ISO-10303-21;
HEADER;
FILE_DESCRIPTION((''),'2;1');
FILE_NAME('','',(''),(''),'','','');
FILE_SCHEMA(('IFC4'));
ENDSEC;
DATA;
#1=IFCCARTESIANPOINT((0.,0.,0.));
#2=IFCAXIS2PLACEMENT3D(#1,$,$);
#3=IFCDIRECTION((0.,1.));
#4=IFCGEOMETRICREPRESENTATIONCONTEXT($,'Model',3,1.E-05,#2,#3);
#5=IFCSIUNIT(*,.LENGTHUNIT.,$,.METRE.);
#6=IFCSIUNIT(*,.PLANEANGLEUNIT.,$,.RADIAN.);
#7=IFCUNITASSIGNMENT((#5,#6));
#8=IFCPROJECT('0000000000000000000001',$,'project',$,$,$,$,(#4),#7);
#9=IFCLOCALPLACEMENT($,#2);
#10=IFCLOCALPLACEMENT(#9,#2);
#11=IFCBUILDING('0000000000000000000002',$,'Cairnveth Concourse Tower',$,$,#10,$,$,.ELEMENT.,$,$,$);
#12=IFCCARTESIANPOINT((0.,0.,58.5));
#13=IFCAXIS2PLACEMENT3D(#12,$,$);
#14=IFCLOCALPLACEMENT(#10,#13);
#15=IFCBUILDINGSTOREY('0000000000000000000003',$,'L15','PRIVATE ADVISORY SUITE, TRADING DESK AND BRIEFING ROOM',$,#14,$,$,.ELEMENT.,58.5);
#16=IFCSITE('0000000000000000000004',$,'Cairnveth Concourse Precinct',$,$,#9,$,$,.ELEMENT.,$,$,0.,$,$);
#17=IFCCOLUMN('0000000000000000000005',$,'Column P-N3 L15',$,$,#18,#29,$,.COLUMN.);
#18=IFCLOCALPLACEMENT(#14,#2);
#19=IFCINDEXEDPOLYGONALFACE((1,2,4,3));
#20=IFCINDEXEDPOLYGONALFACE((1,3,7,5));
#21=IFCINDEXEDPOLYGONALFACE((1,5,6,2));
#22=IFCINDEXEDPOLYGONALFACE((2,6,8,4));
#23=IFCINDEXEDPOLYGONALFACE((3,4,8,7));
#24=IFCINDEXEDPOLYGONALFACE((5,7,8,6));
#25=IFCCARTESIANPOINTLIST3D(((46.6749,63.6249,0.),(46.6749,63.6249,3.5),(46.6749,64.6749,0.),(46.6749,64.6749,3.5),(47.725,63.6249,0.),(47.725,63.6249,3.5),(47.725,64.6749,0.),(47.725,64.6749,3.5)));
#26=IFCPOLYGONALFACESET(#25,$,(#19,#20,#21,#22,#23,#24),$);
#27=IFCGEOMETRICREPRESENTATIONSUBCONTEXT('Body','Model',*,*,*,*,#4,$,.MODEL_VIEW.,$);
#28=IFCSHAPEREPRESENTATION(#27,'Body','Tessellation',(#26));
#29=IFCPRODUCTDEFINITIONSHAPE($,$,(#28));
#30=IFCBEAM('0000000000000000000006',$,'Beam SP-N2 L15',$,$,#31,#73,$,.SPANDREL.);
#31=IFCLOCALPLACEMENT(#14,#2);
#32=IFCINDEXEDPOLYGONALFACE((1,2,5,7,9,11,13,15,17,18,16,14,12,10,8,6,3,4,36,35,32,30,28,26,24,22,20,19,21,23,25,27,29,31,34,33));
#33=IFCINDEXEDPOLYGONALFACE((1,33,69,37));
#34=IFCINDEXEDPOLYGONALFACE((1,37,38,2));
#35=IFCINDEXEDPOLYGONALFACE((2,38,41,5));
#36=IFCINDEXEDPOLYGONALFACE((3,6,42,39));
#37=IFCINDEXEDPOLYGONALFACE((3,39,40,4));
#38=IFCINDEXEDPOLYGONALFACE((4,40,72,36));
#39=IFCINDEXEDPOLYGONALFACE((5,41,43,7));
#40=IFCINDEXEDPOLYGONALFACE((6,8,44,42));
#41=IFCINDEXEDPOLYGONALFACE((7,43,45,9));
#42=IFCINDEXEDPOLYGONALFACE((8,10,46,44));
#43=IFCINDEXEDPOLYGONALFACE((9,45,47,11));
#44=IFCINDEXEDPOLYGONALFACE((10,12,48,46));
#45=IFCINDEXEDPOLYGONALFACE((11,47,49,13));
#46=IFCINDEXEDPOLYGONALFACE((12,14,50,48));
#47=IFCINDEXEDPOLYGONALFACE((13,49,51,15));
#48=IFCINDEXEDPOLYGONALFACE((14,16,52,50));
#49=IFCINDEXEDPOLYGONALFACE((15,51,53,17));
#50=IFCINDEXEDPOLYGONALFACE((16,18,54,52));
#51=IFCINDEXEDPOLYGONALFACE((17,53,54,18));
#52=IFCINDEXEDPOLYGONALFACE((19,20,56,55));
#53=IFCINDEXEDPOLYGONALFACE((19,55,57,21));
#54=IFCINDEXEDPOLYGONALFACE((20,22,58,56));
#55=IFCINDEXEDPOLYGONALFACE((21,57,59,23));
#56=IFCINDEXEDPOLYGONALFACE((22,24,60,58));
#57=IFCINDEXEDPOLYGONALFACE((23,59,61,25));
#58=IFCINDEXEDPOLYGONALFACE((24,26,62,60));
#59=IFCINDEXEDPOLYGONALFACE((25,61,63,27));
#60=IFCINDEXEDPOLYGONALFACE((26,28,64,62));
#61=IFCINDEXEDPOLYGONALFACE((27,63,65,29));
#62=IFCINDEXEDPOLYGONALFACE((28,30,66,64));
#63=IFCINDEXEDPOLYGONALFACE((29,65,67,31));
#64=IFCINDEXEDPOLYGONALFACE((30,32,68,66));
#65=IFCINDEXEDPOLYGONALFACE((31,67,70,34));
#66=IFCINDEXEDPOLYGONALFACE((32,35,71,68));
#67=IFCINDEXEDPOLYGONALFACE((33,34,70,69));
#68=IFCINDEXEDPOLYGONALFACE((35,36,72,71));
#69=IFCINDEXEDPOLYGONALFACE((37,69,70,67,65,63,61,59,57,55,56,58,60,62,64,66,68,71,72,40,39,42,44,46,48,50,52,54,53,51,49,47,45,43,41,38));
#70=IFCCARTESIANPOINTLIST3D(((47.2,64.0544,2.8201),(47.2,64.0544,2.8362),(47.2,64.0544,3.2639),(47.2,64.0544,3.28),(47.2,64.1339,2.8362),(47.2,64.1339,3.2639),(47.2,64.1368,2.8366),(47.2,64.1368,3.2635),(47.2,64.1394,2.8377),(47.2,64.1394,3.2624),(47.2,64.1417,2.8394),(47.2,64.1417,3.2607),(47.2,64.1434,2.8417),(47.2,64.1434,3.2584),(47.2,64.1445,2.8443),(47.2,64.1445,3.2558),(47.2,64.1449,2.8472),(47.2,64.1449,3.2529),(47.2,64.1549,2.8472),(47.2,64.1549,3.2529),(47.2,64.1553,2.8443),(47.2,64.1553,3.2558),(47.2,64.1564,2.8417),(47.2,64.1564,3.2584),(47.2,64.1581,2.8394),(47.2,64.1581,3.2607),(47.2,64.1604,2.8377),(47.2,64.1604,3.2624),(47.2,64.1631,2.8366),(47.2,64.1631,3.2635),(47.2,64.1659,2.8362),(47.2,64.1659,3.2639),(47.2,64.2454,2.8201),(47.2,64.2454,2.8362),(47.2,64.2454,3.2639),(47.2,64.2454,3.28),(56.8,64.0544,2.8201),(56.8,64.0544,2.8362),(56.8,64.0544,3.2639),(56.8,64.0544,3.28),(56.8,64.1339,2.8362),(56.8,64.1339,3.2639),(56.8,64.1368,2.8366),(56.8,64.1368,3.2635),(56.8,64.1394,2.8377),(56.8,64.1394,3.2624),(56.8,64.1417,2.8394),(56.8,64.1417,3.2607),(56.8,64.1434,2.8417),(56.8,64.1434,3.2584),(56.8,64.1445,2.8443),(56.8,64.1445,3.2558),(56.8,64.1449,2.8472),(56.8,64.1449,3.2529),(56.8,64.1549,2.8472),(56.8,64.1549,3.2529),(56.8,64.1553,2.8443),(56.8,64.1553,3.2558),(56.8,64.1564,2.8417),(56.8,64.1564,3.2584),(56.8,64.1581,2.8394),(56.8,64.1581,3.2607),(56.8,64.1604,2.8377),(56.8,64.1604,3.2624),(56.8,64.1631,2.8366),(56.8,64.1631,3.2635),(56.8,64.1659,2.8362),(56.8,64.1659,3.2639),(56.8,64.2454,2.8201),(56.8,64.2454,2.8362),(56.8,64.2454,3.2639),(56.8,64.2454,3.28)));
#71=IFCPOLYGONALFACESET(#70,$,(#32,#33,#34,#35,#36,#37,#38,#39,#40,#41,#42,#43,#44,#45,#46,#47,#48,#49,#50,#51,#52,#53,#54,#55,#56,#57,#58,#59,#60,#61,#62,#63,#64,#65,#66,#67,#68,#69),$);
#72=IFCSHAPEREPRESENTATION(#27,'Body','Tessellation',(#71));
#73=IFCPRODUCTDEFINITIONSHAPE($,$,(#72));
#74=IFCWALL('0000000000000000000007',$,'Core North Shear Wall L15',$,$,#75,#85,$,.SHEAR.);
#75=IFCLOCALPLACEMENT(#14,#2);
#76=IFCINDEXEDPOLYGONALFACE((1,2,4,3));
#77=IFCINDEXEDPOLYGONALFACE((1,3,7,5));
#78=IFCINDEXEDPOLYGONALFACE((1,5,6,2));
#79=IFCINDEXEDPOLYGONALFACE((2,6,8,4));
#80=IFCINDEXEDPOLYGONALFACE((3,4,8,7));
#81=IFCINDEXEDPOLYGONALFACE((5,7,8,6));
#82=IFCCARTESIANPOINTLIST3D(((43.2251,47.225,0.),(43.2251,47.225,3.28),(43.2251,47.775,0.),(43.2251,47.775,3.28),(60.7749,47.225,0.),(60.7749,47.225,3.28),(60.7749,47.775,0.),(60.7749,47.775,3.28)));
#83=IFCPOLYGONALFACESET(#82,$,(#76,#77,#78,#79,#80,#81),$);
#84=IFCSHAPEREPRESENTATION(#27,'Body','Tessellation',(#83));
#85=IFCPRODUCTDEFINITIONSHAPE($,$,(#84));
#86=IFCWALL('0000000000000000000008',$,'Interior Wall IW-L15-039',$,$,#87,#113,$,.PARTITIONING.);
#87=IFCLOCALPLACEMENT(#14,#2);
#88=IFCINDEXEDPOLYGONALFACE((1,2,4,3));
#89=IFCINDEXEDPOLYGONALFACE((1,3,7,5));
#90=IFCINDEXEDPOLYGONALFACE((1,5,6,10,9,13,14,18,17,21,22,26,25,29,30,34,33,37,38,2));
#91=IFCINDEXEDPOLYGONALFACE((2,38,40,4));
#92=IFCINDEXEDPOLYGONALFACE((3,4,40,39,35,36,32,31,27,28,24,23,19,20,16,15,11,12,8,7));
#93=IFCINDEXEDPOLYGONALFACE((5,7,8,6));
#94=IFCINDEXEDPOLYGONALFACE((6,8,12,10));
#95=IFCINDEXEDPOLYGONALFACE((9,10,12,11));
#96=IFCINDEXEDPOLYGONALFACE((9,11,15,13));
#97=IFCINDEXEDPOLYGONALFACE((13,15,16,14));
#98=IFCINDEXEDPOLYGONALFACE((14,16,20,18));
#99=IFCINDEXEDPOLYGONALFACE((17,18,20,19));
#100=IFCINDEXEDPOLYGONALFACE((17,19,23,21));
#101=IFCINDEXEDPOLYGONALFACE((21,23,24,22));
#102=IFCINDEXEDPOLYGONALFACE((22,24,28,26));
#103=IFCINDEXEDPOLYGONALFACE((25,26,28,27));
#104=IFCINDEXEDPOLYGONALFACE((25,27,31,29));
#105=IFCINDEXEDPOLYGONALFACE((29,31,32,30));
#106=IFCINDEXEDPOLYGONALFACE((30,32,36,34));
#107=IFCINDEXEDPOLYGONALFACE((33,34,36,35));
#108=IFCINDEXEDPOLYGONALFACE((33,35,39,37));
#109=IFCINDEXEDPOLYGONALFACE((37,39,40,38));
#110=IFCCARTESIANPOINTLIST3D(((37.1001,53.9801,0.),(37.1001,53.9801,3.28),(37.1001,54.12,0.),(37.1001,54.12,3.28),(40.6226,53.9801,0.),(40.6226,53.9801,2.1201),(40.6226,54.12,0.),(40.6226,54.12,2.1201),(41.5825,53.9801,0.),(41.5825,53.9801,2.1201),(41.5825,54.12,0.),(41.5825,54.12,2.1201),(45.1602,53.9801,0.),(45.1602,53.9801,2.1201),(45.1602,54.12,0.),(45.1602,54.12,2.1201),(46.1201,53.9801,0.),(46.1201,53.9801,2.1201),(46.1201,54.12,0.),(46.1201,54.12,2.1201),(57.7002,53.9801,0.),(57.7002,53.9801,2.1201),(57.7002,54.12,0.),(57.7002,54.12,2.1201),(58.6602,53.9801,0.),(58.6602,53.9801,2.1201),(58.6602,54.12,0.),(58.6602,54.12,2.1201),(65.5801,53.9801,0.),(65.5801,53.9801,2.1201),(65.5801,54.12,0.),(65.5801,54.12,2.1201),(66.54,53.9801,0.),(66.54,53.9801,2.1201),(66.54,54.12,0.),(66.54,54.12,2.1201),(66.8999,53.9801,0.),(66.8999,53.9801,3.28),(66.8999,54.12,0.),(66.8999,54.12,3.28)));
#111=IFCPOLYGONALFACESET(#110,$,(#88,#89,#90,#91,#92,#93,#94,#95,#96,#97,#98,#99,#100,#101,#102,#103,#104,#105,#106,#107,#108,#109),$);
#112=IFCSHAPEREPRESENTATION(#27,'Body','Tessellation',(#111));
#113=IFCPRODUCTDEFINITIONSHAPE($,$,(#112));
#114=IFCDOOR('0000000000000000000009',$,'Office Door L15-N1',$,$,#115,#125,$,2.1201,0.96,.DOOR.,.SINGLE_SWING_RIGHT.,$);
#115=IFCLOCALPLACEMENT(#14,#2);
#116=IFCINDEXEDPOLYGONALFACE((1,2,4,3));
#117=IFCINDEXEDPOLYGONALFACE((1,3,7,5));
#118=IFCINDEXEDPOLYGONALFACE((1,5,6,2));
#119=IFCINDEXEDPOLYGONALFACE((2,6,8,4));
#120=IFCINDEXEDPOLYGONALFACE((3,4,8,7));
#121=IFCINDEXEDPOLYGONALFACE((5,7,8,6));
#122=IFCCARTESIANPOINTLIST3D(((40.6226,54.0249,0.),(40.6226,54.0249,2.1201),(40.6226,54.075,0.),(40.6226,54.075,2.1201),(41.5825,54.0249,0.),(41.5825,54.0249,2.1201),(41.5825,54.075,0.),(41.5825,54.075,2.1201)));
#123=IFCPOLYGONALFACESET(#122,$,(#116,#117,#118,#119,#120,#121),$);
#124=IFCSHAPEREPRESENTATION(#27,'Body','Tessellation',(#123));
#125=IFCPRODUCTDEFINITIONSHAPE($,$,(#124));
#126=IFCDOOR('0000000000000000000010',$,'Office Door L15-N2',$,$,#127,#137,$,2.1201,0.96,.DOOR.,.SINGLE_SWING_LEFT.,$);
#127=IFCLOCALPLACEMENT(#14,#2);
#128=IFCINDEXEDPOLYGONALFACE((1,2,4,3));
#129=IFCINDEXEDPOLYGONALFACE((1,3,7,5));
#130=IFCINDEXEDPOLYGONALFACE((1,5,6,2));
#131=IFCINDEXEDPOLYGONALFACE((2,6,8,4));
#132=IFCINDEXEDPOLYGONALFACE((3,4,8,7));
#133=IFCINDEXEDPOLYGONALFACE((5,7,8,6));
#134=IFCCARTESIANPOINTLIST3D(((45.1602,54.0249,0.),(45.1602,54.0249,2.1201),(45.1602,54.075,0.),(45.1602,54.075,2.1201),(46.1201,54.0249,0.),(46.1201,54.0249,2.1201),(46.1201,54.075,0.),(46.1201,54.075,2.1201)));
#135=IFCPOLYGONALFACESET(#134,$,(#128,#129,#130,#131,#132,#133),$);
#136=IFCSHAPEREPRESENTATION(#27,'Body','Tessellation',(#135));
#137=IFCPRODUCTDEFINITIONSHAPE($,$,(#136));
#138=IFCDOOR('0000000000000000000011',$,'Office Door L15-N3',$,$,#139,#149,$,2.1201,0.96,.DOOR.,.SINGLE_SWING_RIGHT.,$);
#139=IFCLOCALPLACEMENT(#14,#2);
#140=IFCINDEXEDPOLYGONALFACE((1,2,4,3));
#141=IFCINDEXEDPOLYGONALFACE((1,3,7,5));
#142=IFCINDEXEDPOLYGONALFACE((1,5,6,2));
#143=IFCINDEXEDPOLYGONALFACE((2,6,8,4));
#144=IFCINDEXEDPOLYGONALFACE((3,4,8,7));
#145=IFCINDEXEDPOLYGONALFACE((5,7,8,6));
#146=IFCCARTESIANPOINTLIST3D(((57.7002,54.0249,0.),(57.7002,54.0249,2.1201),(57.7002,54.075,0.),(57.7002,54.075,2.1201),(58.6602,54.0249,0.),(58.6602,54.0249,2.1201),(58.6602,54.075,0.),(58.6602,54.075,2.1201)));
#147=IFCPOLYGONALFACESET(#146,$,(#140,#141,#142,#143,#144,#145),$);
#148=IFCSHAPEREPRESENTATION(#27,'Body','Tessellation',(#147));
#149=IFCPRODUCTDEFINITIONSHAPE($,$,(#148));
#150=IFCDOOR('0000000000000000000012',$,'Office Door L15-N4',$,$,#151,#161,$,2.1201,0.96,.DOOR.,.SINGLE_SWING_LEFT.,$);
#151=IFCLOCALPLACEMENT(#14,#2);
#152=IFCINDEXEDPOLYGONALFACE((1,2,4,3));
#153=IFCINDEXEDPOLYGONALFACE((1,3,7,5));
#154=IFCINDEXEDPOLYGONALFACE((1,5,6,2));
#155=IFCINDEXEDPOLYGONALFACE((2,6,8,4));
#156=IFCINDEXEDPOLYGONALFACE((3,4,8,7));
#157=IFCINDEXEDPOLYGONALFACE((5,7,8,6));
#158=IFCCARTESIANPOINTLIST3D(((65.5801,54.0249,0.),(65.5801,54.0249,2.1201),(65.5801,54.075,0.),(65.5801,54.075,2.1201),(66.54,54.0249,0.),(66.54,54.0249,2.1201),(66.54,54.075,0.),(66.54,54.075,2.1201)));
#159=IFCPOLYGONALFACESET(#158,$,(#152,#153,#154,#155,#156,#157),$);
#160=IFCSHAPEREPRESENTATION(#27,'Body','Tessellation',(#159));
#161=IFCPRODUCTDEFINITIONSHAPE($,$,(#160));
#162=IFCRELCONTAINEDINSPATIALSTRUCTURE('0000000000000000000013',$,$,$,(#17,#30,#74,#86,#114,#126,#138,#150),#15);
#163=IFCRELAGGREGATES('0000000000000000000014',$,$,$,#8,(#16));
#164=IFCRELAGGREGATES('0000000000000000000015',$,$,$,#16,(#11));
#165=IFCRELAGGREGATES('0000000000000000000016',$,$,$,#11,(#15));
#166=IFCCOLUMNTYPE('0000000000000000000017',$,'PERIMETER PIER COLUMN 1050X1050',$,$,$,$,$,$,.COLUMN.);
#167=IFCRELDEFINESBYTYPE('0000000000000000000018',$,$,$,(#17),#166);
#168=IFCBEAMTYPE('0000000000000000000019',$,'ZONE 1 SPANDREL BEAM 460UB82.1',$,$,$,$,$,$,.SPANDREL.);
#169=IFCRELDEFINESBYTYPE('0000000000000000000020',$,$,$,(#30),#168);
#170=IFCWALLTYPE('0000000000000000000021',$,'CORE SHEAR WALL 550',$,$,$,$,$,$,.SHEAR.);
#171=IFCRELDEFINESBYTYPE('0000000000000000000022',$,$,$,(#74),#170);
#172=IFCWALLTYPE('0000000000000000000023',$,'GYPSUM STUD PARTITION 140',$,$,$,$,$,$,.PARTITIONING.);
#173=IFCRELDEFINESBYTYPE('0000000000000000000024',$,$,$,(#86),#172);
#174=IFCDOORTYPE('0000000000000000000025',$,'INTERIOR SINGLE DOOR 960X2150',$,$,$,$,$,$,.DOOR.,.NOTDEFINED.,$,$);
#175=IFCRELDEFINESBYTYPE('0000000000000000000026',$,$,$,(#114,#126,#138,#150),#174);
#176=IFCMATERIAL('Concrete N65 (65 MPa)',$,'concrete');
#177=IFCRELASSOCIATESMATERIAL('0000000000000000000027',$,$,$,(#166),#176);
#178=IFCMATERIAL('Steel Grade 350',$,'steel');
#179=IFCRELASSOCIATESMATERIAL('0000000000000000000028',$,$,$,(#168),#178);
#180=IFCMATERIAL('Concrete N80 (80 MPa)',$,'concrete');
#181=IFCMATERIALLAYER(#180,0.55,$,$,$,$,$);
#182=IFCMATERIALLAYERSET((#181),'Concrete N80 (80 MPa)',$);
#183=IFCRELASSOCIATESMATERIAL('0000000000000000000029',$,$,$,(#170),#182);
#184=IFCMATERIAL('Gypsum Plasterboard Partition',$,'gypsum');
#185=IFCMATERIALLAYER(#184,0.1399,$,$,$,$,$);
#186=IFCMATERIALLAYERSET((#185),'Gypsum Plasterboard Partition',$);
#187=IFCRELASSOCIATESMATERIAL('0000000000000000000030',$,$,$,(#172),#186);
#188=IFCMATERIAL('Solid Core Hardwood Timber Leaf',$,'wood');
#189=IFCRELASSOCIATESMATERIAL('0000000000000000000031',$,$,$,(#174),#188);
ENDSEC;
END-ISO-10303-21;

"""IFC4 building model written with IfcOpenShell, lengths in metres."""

from ifc_helpers import new_model, si_unit, direction, frame, frame_2d, origin, origin_2d, place, context, subcontext, project, spatial, rectangle, i_section, extrude, material, layer, layer_set, material_profile, profile_set, type_object, element, fill, save


model = new_model("IFC4")

# Units and contexts
model_context = context("Model", 3, precision=1e-05, world=origin(), true_north=direction((0.0, 1.0)))
body_context = subcontext(model_context, "Body", "Model", "MODEL_VIEW")
ifc_project = project(units=[si_unit("LENGTHUNIT", "METRE"), si_unit("PLANEANGLEUNIT", "RADIAN")], contexts=[model_context])

# Site, building, storey
site_placement = place(None, origin())
site = spatial("IfcSite", under=ifc_project, at=site_placement, Name="Cairnveth Concourse Precinct", CompositionType="ELEMENT", RefElevation=0.0)
building_placement = place(site_placement, origin())
building = spatial("IfcBuilding", under=site, at=building_placement, Name="Cairnveth Concourse Tower", CompositionType="ELEMENT")
storey_placement = place(building_placement, frame((0.0, 0.0, 58.5)))
storey = spatial("IfcBuildingStorey", under=building, at=storey_placement, Name="L15", Description="PRIVATE ADVISORY SUITE, TRADING DESK AND BRIEFING ROOM", CompositionType="ELEMENT", Elevation=58.5)

# Column
ifc_material_1 = material(Name="Concrete N65 (65 MPa)", Category="concrete")
ifc_material_profile_1 = material_profile(ifc_material_1, rectangle(XDim=1.05, YDim=1.05, at=origin_2d()), Name="RC-COL-1050x1050")
ifc_profile_set_1 = profile_set([ifc_material_profile_1], Name="Concrete N65 (65 MPa)")
column_type = type_object("IfcColumnType", Name="PERIMETER PIER COLUMN 1050X1050", PredefinedType="COLUMN", material=ifc_profile_set_1)
column_placement = place(storey_placement, frame((47.2, 64.1499, 0.0), z_axis=(0.0, 0.0, 1.0), x_axis=(1.0, 0.0, 0.0)))
element("IfcColumn", 1, at=column_placement, inside=storey, type_object=column_type, Name="Column P-N3 L15", PredefinedType="COLUMN", context=body_context, shape_type="SweptSolid", body=[
    extrude(rectangle(XDim=1.05, YDim=1.05, at=origin_2d()), origin(), (0.0, 0.0, 1.0), 3.5),
])

# Beam
ifc_material_2 = material(Name="Steel Grade 350", Category="steel")
ifc_material_profile_2 = material_profile(ifc_material_2, i_section(OverallWidth=0.1909, OverallDepth=0.46, WebThickness=0.01, FlangeThickness=0.0161, FilletRadius=0.011, at=origin_2d()), Name="460UB82.1")
ifc_profile_set_2 = profile_set([ifc_material_profile_2], Name="Steel Grade 350")
beam_type = type_object("IfcBeamType", Name="ZONE 1 SPANDREL BEAM 460UB82.1", PredefinedType="SPANDREL", material=ifc_profile_set_2)
beam_placement = place(storey_placement, frame((47.2, 64.1499, 3.05), z_axis=(1.0, 0.0, 0.0), x_axis=(0.0, 1.0, 0.0)))
element("IfcBeam", 2, at=beam_placement, inside=storey, type_object=beam_type, Name="Beam SP-N2 L15", PredefinedType="SPANDREL", context=body_context, shape_type="SweptSolid", body=[
    extrude(i_section(OverallWidth=0.1909, OverallDepth=0.46, WebThickness=0.01, FlangeThickness=0.0161, FilletRadius=0.011, at=origin_2d()), origin(), (0.0, 0.0, 1.0), 9.6001),
])

# Wall
ifc_material_3 = material(Name="Concrete N80 (80 MPa)", Category="concrete")
ifc_layer_1 = layer(ifc_material_3, 0.55)
ifc_layer_set_1 = layer_set([ifc_layer_1], Name="Concrete N80 (80 MPa)")
wall_type_1 = type_object("IfcWallType", Name="CORE SHEAR WALL 550", PredefinedType="SHEAR", material=ifc_layer_set_1)
wall_1_placement = place(storey_placement, frame((43.2251, 47.5, 0.0), z_axis=(0.0, 0.0, 1.0), x_axis=(1.0, 0.0, 0.0)))
element("IfcWall", 3, at=wall_1_placement, inside=storey, type_object=wall_type_1, Name="Core North Shear Wall L15", PredefinedType="SHEAR", context=body_context, shape_type="SweptSolid", body=[
    extrude(rectangle(XDim=17.5498, YDim=0.55, at=frame_2d((8.7749, 0.0))), origin(), (0.0, 0.0, 1.0), 3.28),
])

# Wall, openings, doors
ifc_material_4 = material(Name="Gypsum Plasterboard Partition", Category="gypsum")
ifc_layer_2 = layer(ifc_material_4, 0.1399)
ifc_layer_set_2 = layer_set([ifc_layer_2], Name="Gypsum Plasterboard Partition")
wall_type_2 = type_object("IfcWallType", Name="GYPSUM STUD PARTITION 140", PredefinedType="PARTITIONING", material=ifc_layer_set_2)
wall_2_placement = place(storey_placement, frame((37.1001, 54.05, 0.0), z_axis=(0.0, 0.0, 1.0), x_axis=(1.0, 0.0, 0.0)))
wall_2 = element("IfcWall", 4, at=wall_2_placement, inside=storey, type_object=wall_type_2, Name="Interior Wall IW-L15-039", PredefinedType="PARTITIONING", context=body_context, shape_type="SweptSolid", body=[
    extrude(rectangle(XDim=29.7998, YDim=0.1399, at=frame_2d((14.8999, 0.0))), origin(), (0.0, 0.0, 1.0), 3.28),
])
opening_1_placement = place(wall_2_placement, frame((3.5225, 0.0, 0.0)))
opening_1 = element("IfcOpeningElement", 5, at=opening_1_placement, cuts=wall_2, PredefinedType="OPENING", context=body_context, shape_type="SweptSolid", body=[
    extrude(rectangle(XDim=0.96, YDim=2.1201, at=frame_2d((0.48, 1.0601))), frame((0.0, 0.0798, 0.0), z_axis=(0.0, -1.0, 0.0), x_axis=(1.0, 0.0, 0.0)), (0.0, 0.0, 1.0), 0.1599),
])
opening_2_placement = place(wall_2_placement, frame((8.0601, 0.0, 0.0)))
opening_2 = element("IfcOpeningElement", 6, at=opening_2_placement, cuts=wall_2, PredefinedType="OPENING", context=body_context, shape_type="SweptSolid", body=[
    extrude(rectangle(XDim=0.96, YDim=2.1201, at=frame_2d((0.48, 1.0601))), frame((0.0, 0.0798, 0.0), z_axis=(0.0, -1.0, 0.0), x_axis=(1.0, 0.0, 0.0)), (0.0, 0.0, 1.0), 0.1599),
])
opening_3_placement = place(wall_2_placement, frame((20.6001, 0.0, 0.0)))
opening_3 = element("IfcOpeningElement", 7, at=opening_3_placement, cuts=wall_2, PredefinedType="OPENING", context=body_context, shape_type="SweptSolid", body=[
    extrude(rectangle(XDim=0.96, YDim=2.1201, at=frame_2d((0.48, 1.0601))), frame((0.0, 0.0798, 0.0), z_axis=(0.0, -1.0, 0.0), x_axis=(1.0, 0.0, 0.0)), (0.0, 0.0, 1.0), 0.1599),
])
opening_4_placement = place(wall_2_placement, frame((28.48, 0.0, 0.0)))
opening_4 = element("IfcOpeningElement", 8, at=opening_4_placement, cuts=wall_2, PredefinedType="OPENING", context=body_context, shape_type="SweptSolid", body=[
    extrude(rectangle(XDim=0.96, YDim=2.1201, at=frame_2d((0.48, 1.0601))), frame((0.0, 0.0798, 0.0), z_axis=(0.0, -1.0, 0.0), x_axis=(1.0, 0.0, 0.0)), (0.0, 0.0, 1.0), 0.1599),
])
ifc_material_5 = material(Name="Solid Core Hardwood Timber Leaf", Category="wood")
door_type = type_object("IfcDoorType", Name="INTERIOR SINGLE DOOR 960X2150", OperationType="NOTDEFINED", PredefinedType="DOOR", material=ifc_material_5)
door_1_placement = place(opening_1_placement, origin())
door_1 = element("IfcDoor", 9, at=door_1_placement, inside=storey, type_object=door_type, Name="Office Door L15-N1", OperationType="SINGLE_SWING_RIGHT", OverallHeight=2.1201, OverallWidth=0.96, PredefinedType="DOOR", context=body_context, shape_type="SweptSolid", body=[
    extrude(rectangle(XDim=0.96, YDim=2.1201, at=frame_2d((0.48, 1.0601))), frame((0.0, 0.0249, 0.0), z_axis=(0.0, -1.0, 0.0), x_axis=(1.0, 0.0, 0.0)), (0.0, 0.0, 1.0), 0.05),
])
fill(opening_1, door_1)
door_2_placement = place(opening_2_placement, origin())
door_2 = element("IfcDoor", 10, at=door_2_placement, inside=storey, type_object=door_type, Name="Office Door L15-N2", OperationType="SINGLE_SWING_LEFT", OverallHeight=2.1201, OverallWidth=0.96, PredefinedType="DOOR", context=body_context, shape_type="SweptSolid", body=[
    extrude(rectangle(XDim=0.96, YDim=2.1201, at=frame_2d((0.48, 1.0601))), frame((0.0, 0.0249, 0.0), z_axis=(0.0, -1.0, 0.0), x_axis=(1.0, 0.0, 0.0)), (0.0, 0.0, 1.0), 0.05),
])
fill(opening_2, door_2)
door_3_placement = place(opening_3_placement, origin())
door_3 = element("IfcDoor", 11, at=door_3_placement, inside=storey, type_object=door_type, Name="Office Door L15-N3", OperationType="SINGLE_SWING_RIGHT", OverallHeight=2.1201, OverallWidth=0.96, PredefinedType="DOOR", context=body_context, shape_type="SweptSolid", body=[
    extrude(rectangle(XDim=0.96, YDim=2.1201, at=frame_2d((0.48, 1.0601))), frame((0.0, 0.0249, 0.0), z_axis=(0.0, -1.0, 0.0), x_axis=(1.0, 0.0, 0.0)), (0.0, 0.0, 1.0), 0.05),
])
fill(opening_3, door_3)
door_4_placement = place(opening_4_placement, origin())
door_4 = element("IfcDoor", 12, at=door_4_placement, inside=storey, type_object=door_type, Name="Office Door L15-N4", OperationType="SINGLE_SWING_LEFT", OverallHeight=2.1201, OverallWidth=0.96, PredefinedType="DOOR", context=body_context, shape_type="SweptSolid", body=[
    extrude(rectangle(XDim=0.96, YDim=2.1201, at=frame_2d((0.48, 1.0601))), frame((0.0, 0.0249, 0.0), z_axis=(0.0, -1.0, 0.0), x_axis=(1.0, 0.0, 0.0)), (0.0, 0.0, 1.0), 0.05),
])
fill(opening_4, door_4)

save(model, "model.ifc")
